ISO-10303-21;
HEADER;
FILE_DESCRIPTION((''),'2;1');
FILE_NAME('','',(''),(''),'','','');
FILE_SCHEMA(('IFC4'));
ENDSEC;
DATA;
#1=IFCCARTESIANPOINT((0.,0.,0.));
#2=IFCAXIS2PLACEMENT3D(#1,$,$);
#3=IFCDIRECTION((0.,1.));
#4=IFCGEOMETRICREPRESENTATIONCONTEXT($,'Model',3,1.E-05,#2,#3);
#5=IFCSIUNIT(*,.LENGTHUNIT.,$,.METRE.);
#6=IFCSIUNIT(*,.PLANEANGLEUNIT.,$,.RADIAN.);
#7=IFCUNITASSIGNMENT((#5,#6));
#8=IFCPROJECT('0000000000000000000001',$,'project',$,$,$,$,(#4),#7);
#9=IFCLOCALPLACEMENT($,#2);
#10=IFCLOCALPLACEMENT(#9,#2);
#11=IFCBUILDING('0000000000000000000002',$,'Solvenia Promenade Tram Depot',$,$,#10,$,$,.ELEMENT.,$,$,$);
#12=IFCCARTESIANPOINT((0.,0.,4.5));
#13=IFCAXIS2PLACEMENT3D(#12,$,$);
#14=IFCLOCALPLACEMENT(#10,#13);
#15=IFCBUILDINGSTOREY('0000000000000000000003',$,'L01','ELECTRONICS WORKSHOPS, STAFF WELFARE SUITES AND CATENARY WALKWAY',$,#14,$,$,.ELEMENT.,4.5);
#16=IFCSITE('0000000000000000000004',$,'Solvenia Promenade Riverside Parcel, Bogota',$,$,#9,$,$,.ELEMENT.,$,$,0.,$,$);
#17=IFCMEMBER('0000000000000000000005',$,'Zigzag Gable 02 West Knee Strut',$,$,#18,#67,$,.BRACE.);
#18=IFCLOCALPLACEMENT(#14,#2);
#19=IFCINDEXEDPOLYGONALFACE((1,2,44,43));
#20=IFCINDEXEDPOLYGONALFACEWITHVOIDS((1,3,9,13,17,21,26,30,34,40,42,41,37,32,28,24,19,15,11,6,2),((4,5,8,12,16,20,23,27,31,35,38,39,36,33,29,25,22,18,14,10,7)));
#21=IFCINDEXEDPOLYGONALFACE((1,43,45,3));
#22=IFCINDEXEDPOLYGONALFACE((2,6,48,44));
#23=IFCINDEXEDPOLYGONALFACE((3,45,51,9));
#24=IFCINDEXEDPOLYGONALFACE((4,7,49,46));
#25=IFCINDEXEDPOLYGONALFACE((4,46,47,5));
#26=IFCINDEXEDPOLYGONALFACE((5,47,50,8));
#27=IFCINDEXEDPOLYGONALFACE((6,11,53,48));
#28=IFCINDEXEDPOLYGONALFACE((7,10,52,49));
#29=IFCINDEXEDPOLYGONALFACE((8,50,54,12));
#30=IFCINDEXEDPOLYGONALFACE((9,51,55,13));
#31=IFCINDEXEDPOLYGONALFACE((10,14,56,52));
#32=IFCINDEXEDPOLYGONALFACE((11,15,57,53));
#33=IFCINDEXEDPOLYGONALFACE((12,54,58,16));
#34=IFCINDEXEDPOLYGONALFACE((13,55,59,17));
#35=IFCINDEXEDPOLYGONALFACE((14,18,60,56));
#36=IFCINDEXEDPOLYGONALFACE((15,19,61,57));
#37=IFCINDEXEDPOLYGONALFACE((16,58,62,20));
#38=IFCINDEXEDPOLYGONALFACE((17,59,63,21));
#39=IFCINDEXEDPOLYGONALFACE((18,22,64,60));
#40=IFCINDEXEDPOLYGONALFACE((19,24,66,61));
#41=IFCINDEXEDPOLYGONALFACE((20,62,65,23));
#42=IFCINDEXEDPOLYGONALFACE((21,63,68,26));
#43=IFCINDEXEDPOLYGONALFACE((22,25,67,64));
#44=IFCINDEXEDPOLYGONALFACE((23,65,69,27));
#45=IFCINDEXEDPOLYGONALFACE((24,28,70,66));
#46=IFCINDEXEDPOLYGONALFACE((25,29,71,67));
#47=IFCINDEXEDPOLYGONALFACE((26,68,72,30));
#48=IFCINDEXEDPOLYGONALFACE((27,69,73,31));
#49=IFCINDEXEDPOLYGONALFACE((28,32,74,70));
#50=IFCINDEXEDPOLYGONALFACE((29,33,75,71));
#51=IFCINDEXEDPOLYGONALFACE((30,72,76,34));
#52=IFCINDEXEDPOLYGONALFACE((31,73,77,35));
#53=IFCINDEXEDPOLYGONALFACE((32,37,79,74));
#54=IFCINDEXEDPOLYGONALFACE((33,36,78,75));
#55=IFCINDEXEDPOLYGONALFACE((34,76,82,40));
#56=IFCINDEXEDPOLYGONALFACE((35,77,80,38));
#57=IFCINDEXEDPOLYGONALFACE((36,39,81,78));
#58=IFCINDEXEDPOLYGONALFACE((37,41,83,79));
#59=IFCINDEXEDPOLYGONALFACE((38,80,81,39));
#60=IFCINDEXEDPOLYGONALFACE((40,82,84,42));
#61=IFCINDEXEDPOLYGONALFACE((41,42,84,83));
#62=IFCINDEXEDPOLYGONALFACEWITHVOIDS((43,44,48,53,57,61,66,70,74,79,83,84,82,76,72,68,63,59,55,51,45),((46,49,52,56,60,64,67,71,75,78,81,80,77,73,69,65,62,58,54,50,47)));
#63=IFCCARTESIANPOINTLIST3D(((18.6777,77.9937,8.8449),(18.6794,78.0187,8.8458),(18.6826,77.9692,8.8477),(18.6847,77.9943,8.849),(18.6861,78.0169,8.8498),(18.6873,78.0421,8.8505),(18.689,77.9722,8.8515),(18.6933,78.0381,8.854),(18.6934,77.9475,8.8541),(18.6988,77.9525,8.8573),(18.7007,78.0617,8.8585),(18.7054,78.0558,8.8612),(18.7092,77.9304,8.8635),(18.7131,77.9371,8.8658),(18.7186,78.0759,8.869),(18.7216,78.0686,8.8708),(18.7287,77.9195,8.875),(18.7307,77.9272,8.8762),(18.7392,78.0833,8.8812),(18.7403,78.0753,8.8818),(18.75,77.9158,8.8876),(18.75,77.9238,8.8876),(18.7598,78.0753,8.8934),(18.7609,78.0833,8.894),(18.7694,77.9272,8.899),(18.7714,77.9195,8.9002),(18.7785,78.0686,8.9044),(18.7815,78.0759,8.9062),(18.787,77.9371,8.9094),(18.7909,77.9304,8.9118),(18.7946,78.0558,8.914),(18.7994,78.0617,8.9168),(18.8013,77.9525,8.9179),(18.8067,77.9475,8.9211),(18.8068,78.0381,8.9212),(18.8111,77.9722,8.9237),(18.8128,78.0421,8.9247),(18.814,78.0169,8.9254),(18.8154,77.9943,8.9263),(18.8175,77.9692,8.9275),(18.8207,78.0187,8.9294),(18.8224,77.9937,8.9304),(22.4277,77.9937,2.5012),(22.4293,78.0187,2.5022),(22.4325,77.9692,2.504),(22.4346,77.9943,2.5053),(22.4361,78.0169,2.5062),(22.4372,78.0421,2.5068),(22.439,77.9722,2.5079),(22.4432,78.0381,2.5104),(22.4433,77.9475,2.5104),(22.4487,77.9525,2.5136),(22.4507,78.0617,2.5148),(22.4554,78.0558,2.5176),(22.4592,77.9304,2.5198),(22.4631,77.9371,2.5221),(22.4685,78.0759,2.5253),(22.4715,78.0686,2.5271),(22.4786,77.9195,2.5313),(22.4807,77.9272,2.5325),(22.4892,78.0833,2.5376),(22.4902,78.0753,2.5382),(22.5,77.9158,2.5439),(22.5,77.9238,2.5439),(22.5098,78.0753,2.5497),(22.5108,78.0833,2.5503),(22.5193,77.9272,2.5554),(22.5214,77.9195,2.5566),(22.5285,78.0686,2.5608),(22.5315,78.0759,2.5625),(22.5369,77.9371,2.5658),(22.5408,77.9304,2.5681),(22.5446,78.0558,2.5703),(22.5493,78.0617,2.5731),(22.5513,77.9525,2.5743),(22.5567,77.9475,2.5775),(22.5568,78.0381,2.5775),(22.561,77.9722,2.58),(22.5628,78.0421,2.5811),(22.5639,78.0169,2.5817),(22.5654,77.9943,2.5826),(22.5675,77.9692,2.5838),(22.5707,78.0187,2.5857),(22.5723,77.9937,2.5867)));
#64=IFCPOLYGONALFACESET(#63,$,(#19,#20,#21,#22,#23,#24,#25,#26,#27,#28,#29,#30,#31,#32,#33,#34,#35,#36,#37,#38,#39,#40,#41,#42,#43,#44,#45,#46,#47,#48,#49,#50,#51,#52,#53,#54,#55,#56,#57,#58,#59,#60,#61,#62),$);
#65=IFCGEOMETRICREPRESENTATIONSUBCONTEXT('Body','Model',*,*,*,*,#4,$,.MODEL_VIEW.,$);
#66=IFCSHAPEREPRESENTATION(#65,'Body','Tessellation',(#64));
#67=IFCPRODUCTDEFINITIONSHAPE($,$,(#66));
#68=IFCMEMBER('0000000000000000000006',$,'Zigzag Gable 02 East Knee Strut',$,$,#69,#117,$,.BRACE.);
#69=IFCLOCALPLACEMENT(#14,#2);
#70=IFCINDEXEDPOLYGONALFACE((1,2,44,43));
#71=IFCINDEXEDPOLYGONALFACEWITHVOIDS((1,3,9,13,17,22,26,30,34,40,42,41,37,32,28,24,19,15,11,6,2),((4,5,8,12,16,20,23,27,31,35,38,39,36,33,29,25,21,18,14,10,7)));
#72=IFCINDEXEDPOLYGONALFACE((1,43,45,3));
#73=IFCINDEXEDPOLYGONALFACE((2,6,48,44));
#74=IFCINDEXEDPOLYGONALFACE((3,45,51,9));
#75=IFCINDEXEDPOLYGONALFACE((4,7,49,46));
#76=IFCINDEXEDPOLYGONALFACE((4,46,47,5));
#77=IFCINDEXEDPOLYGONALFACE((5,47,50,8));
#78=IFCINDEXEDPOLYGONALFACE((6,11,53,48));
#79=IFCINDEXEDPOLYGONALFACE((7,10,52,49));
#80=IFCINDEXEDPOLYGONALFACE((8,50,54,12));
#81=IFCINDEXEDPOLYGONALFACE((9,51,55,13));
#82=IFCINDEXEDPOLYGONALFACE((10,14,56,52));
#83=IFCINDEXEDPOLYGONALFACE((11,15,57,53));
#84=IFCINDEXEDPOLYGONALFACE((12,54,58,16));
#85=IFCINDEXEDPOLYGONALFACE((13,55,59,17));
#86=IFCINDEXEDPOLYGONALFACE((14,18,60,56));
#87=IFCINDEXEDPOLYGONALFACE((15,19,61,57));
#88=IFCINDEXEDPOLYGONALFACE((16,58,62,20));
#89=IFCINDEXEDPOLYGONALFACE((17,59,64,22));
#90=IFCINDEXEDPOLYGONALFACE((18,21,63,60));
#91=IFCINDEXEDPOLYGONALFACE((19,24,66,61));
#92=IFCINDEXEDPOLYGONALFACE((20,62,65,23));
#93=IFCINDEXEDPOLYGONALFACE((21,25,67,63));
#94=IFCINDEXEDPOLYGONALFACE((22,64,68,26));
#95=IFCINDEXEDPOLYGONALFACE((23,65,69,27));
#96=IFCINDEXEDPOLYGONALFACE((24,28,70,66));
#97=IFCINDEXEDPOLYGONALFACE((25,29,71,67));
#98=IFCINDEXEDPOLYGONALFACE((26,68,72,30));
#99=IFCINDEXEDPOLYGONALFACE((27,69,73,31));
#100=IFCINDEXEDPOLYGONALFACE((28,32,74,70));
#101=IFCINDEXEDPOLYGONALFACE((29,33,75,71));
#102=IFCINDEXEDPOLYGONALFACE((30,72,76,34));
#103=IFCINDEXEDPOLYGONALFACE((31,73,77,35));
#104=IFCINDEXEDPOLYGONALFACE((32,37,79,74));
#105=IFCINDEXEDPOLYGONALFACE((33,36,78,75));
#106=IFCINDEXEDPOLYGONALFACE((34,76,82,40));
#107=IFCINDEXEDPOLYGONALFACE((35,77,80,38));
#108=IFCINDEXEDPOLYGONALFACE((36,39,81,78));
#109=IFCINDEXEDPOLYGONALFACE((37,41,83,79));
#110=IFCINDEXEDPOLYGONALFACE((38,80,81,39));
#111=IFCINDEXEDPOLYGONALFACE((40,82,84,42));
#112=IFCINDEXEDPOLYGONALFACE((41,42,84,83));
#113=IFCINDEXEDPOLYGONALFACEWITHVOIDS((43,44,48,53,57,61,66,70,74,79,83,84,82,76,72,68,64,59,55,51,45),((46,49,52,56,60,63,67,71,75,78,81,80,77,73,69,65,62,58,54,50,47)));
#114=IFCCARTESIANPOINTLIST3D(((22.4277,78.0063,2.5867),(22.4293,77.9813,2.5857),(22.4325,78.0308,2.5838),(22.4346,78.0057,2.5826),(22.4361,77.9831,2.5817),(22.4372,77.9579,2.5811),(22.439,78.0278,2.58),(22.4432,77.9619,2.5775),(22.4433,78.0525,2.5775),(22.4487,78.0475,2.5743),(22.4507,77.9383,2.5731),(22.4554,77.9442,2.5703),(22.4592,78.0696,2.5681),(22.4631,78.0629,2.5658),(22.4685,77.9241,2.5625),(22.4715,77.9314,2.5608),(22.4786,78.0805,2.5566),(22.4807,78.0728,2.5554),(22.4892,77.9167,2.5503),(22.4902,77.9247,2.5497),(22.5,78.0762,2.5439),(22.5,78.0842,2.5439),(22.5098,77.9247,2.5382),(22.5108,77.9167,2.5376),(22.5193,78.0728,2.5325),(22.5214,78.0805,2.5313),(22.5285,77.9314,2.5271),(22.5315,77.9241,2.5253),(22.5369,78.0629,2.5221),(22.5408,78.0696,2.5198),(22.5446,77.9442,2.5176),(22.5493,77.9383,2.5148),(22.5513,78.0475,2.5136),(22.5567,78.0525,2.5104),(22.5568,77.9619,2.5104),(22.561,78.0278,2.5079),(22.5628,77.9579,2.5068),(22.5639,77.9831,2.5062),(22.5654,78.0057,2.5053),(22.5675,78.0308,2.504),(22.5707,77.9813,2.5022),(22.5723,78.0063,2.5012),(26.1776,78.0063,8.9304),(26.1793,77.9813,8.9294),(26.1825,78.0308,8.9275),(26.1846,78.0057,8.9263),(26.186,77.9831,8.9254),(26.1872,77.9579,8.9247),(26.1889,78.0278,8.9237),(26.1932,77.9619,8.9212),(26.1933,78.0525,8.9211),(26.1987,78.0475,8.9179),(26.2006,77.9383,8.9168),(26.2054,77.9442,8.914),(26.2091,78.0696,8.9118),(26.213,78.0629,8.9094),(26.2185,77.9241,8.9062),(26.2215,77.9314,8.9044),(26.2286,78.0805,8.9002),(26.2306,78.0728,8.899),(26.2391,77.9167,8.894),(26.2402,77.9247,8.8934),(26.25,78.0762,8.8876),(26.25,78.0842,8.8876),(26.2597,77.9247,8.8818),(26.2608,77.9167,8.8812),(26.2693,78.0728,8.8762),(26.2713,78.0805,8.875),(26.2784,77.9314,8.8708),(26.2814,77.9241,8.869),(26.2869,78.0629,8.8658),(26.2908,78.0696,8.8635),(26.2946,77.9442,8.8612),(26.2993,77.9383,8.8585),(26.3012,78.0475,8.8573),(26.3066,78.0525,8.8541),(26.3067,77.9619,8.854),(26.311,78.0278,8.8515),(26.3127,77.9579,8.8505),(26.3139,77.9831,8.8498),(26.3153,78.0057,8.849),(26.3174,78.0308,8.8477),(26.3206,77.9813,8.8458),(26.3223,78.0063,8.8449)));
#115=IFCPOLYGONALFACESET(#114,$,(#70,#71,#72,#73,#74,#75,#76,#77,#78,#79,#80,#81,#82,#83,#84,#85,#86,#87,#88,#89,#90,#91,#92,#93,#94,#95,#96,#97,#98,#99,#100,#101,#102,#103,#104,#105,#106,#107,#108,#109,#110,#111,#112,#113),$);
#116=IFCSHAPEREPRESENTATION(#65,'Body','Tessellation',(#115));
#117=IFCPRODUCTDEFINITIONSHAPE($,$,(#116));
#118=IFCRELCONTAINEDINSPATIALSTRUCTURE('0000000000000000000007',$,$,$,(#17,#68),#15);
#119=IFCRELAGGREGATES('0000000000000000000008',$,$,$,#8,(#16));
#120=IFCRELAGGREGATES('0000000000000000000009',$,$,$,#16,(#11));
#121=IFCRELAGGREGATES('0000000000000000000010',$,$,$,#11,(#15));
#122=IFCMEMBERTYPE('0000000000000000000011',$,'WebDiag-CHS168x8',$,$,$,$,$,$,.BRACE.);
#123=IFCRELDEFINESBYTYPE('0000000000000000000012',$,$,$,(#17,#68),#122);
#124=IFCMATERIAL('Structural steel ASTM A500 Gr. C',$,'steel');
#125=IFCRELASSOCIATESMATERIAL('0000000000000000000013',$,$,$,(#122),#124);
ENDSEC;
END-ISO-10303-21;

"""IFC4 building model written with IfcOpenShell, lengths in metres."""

from ifc_helpers import new_model, si_unit, direction, frame, origin, origin_2d, place, context, subcontext, project, spatial, hollow_circle, extrude, material, material_profile, profile_set, type_object, element, save


model = new_model("IFC4")

# Units and contexts
model_context = context("Model", 3, precision=1e-05, world=origin(), true_north=direction((0.0, 1.0)))
body_context = subcontext(model_context, "Body", "Model", "MODEL_VIEW")
ifc_project = project(units=[si_unit("LENGTHUNIT", "METRE"), si_unit("PLANEANGLEUNIT", "RADIAN")], contexts=[model_context])

# Site, building, storey
site_placement = place(None, origin())
site = spatial("IfcSite", under=ifc_project, at=site_placement, Name="Solvenia Promenade Riverside Parcel, Bogota", CompositionType="ELEMENT", RefElevation=0.0)
building_placement = place(site_placement, origin())
building = spatial("IfcBuilding", under=site, at=building_placement, Name="Solvenia Promenade Tram Depot", CompositionType="ELEMENT")
storey_placement = place(building_placement, frame((0.0, 0.0, 4.5)))
storey = spatial("IfcBuildingStorey", under=building, at=storey_placement, Name="L01", Description="ELECTRONICS WORKSHOPS, STAFF WELFARE SUITES AND CATENARY WALKWAY", CompositionType="ELEMENT", Elevation=4.5)

# Shared definitions
ifc_material_1 = material(Name="Structural steel ASTM A500 Gr. C", Category="steel")

# Members
ifc_material_profile_1 = material_profile(ifc_material_1, hollow_circle(Radius=0.0842, WallThickness=0.0081, at=origin_2d()), Name="CHS168.3x8", Category="steel")
ifc_profile_set_1 = profile_set([ifc_material_profile_1], Name="Structural steel ASTM A500 Gr. C")
member_type_1 = type_object("IfcMemberType", Name="WebDiag-CHS168x8", PredefinedType="BRACE", material=ifc_profile_set_1)
for number, where, z_axis, x_axis, name in (
    (1, (22.5, 78.0, 2.5439), (-0.508872, 0.0, 0.860842), (0.0, -1.0, 0.0), "Zigzag Gable 02 West Knee Strut"),
    (2, (22.5, 78.0, 2.5439), (0.508872, 0.0, 0.860842), (0.0, 1.0, 0.0), "Zigzag Gable 02 East Knee Strut"),
):
    element("IfcMember", number, at=place(storey_placement, frame(where, z_axis=z_axis, x_axis=x_axis)), inside=storey, type_object=member_type_1, Name=name, PredefinedType="BRACE", context=body_context, shape_type="SweptSolid", body=[
        extrude(hollow_circle(Radius=0.0842, WallThickness=0.0081, at=origin_2d()), origin(), (0.0, 0.0, 1.0), 7.3691),
    ])

save(model, "model.ifc")
